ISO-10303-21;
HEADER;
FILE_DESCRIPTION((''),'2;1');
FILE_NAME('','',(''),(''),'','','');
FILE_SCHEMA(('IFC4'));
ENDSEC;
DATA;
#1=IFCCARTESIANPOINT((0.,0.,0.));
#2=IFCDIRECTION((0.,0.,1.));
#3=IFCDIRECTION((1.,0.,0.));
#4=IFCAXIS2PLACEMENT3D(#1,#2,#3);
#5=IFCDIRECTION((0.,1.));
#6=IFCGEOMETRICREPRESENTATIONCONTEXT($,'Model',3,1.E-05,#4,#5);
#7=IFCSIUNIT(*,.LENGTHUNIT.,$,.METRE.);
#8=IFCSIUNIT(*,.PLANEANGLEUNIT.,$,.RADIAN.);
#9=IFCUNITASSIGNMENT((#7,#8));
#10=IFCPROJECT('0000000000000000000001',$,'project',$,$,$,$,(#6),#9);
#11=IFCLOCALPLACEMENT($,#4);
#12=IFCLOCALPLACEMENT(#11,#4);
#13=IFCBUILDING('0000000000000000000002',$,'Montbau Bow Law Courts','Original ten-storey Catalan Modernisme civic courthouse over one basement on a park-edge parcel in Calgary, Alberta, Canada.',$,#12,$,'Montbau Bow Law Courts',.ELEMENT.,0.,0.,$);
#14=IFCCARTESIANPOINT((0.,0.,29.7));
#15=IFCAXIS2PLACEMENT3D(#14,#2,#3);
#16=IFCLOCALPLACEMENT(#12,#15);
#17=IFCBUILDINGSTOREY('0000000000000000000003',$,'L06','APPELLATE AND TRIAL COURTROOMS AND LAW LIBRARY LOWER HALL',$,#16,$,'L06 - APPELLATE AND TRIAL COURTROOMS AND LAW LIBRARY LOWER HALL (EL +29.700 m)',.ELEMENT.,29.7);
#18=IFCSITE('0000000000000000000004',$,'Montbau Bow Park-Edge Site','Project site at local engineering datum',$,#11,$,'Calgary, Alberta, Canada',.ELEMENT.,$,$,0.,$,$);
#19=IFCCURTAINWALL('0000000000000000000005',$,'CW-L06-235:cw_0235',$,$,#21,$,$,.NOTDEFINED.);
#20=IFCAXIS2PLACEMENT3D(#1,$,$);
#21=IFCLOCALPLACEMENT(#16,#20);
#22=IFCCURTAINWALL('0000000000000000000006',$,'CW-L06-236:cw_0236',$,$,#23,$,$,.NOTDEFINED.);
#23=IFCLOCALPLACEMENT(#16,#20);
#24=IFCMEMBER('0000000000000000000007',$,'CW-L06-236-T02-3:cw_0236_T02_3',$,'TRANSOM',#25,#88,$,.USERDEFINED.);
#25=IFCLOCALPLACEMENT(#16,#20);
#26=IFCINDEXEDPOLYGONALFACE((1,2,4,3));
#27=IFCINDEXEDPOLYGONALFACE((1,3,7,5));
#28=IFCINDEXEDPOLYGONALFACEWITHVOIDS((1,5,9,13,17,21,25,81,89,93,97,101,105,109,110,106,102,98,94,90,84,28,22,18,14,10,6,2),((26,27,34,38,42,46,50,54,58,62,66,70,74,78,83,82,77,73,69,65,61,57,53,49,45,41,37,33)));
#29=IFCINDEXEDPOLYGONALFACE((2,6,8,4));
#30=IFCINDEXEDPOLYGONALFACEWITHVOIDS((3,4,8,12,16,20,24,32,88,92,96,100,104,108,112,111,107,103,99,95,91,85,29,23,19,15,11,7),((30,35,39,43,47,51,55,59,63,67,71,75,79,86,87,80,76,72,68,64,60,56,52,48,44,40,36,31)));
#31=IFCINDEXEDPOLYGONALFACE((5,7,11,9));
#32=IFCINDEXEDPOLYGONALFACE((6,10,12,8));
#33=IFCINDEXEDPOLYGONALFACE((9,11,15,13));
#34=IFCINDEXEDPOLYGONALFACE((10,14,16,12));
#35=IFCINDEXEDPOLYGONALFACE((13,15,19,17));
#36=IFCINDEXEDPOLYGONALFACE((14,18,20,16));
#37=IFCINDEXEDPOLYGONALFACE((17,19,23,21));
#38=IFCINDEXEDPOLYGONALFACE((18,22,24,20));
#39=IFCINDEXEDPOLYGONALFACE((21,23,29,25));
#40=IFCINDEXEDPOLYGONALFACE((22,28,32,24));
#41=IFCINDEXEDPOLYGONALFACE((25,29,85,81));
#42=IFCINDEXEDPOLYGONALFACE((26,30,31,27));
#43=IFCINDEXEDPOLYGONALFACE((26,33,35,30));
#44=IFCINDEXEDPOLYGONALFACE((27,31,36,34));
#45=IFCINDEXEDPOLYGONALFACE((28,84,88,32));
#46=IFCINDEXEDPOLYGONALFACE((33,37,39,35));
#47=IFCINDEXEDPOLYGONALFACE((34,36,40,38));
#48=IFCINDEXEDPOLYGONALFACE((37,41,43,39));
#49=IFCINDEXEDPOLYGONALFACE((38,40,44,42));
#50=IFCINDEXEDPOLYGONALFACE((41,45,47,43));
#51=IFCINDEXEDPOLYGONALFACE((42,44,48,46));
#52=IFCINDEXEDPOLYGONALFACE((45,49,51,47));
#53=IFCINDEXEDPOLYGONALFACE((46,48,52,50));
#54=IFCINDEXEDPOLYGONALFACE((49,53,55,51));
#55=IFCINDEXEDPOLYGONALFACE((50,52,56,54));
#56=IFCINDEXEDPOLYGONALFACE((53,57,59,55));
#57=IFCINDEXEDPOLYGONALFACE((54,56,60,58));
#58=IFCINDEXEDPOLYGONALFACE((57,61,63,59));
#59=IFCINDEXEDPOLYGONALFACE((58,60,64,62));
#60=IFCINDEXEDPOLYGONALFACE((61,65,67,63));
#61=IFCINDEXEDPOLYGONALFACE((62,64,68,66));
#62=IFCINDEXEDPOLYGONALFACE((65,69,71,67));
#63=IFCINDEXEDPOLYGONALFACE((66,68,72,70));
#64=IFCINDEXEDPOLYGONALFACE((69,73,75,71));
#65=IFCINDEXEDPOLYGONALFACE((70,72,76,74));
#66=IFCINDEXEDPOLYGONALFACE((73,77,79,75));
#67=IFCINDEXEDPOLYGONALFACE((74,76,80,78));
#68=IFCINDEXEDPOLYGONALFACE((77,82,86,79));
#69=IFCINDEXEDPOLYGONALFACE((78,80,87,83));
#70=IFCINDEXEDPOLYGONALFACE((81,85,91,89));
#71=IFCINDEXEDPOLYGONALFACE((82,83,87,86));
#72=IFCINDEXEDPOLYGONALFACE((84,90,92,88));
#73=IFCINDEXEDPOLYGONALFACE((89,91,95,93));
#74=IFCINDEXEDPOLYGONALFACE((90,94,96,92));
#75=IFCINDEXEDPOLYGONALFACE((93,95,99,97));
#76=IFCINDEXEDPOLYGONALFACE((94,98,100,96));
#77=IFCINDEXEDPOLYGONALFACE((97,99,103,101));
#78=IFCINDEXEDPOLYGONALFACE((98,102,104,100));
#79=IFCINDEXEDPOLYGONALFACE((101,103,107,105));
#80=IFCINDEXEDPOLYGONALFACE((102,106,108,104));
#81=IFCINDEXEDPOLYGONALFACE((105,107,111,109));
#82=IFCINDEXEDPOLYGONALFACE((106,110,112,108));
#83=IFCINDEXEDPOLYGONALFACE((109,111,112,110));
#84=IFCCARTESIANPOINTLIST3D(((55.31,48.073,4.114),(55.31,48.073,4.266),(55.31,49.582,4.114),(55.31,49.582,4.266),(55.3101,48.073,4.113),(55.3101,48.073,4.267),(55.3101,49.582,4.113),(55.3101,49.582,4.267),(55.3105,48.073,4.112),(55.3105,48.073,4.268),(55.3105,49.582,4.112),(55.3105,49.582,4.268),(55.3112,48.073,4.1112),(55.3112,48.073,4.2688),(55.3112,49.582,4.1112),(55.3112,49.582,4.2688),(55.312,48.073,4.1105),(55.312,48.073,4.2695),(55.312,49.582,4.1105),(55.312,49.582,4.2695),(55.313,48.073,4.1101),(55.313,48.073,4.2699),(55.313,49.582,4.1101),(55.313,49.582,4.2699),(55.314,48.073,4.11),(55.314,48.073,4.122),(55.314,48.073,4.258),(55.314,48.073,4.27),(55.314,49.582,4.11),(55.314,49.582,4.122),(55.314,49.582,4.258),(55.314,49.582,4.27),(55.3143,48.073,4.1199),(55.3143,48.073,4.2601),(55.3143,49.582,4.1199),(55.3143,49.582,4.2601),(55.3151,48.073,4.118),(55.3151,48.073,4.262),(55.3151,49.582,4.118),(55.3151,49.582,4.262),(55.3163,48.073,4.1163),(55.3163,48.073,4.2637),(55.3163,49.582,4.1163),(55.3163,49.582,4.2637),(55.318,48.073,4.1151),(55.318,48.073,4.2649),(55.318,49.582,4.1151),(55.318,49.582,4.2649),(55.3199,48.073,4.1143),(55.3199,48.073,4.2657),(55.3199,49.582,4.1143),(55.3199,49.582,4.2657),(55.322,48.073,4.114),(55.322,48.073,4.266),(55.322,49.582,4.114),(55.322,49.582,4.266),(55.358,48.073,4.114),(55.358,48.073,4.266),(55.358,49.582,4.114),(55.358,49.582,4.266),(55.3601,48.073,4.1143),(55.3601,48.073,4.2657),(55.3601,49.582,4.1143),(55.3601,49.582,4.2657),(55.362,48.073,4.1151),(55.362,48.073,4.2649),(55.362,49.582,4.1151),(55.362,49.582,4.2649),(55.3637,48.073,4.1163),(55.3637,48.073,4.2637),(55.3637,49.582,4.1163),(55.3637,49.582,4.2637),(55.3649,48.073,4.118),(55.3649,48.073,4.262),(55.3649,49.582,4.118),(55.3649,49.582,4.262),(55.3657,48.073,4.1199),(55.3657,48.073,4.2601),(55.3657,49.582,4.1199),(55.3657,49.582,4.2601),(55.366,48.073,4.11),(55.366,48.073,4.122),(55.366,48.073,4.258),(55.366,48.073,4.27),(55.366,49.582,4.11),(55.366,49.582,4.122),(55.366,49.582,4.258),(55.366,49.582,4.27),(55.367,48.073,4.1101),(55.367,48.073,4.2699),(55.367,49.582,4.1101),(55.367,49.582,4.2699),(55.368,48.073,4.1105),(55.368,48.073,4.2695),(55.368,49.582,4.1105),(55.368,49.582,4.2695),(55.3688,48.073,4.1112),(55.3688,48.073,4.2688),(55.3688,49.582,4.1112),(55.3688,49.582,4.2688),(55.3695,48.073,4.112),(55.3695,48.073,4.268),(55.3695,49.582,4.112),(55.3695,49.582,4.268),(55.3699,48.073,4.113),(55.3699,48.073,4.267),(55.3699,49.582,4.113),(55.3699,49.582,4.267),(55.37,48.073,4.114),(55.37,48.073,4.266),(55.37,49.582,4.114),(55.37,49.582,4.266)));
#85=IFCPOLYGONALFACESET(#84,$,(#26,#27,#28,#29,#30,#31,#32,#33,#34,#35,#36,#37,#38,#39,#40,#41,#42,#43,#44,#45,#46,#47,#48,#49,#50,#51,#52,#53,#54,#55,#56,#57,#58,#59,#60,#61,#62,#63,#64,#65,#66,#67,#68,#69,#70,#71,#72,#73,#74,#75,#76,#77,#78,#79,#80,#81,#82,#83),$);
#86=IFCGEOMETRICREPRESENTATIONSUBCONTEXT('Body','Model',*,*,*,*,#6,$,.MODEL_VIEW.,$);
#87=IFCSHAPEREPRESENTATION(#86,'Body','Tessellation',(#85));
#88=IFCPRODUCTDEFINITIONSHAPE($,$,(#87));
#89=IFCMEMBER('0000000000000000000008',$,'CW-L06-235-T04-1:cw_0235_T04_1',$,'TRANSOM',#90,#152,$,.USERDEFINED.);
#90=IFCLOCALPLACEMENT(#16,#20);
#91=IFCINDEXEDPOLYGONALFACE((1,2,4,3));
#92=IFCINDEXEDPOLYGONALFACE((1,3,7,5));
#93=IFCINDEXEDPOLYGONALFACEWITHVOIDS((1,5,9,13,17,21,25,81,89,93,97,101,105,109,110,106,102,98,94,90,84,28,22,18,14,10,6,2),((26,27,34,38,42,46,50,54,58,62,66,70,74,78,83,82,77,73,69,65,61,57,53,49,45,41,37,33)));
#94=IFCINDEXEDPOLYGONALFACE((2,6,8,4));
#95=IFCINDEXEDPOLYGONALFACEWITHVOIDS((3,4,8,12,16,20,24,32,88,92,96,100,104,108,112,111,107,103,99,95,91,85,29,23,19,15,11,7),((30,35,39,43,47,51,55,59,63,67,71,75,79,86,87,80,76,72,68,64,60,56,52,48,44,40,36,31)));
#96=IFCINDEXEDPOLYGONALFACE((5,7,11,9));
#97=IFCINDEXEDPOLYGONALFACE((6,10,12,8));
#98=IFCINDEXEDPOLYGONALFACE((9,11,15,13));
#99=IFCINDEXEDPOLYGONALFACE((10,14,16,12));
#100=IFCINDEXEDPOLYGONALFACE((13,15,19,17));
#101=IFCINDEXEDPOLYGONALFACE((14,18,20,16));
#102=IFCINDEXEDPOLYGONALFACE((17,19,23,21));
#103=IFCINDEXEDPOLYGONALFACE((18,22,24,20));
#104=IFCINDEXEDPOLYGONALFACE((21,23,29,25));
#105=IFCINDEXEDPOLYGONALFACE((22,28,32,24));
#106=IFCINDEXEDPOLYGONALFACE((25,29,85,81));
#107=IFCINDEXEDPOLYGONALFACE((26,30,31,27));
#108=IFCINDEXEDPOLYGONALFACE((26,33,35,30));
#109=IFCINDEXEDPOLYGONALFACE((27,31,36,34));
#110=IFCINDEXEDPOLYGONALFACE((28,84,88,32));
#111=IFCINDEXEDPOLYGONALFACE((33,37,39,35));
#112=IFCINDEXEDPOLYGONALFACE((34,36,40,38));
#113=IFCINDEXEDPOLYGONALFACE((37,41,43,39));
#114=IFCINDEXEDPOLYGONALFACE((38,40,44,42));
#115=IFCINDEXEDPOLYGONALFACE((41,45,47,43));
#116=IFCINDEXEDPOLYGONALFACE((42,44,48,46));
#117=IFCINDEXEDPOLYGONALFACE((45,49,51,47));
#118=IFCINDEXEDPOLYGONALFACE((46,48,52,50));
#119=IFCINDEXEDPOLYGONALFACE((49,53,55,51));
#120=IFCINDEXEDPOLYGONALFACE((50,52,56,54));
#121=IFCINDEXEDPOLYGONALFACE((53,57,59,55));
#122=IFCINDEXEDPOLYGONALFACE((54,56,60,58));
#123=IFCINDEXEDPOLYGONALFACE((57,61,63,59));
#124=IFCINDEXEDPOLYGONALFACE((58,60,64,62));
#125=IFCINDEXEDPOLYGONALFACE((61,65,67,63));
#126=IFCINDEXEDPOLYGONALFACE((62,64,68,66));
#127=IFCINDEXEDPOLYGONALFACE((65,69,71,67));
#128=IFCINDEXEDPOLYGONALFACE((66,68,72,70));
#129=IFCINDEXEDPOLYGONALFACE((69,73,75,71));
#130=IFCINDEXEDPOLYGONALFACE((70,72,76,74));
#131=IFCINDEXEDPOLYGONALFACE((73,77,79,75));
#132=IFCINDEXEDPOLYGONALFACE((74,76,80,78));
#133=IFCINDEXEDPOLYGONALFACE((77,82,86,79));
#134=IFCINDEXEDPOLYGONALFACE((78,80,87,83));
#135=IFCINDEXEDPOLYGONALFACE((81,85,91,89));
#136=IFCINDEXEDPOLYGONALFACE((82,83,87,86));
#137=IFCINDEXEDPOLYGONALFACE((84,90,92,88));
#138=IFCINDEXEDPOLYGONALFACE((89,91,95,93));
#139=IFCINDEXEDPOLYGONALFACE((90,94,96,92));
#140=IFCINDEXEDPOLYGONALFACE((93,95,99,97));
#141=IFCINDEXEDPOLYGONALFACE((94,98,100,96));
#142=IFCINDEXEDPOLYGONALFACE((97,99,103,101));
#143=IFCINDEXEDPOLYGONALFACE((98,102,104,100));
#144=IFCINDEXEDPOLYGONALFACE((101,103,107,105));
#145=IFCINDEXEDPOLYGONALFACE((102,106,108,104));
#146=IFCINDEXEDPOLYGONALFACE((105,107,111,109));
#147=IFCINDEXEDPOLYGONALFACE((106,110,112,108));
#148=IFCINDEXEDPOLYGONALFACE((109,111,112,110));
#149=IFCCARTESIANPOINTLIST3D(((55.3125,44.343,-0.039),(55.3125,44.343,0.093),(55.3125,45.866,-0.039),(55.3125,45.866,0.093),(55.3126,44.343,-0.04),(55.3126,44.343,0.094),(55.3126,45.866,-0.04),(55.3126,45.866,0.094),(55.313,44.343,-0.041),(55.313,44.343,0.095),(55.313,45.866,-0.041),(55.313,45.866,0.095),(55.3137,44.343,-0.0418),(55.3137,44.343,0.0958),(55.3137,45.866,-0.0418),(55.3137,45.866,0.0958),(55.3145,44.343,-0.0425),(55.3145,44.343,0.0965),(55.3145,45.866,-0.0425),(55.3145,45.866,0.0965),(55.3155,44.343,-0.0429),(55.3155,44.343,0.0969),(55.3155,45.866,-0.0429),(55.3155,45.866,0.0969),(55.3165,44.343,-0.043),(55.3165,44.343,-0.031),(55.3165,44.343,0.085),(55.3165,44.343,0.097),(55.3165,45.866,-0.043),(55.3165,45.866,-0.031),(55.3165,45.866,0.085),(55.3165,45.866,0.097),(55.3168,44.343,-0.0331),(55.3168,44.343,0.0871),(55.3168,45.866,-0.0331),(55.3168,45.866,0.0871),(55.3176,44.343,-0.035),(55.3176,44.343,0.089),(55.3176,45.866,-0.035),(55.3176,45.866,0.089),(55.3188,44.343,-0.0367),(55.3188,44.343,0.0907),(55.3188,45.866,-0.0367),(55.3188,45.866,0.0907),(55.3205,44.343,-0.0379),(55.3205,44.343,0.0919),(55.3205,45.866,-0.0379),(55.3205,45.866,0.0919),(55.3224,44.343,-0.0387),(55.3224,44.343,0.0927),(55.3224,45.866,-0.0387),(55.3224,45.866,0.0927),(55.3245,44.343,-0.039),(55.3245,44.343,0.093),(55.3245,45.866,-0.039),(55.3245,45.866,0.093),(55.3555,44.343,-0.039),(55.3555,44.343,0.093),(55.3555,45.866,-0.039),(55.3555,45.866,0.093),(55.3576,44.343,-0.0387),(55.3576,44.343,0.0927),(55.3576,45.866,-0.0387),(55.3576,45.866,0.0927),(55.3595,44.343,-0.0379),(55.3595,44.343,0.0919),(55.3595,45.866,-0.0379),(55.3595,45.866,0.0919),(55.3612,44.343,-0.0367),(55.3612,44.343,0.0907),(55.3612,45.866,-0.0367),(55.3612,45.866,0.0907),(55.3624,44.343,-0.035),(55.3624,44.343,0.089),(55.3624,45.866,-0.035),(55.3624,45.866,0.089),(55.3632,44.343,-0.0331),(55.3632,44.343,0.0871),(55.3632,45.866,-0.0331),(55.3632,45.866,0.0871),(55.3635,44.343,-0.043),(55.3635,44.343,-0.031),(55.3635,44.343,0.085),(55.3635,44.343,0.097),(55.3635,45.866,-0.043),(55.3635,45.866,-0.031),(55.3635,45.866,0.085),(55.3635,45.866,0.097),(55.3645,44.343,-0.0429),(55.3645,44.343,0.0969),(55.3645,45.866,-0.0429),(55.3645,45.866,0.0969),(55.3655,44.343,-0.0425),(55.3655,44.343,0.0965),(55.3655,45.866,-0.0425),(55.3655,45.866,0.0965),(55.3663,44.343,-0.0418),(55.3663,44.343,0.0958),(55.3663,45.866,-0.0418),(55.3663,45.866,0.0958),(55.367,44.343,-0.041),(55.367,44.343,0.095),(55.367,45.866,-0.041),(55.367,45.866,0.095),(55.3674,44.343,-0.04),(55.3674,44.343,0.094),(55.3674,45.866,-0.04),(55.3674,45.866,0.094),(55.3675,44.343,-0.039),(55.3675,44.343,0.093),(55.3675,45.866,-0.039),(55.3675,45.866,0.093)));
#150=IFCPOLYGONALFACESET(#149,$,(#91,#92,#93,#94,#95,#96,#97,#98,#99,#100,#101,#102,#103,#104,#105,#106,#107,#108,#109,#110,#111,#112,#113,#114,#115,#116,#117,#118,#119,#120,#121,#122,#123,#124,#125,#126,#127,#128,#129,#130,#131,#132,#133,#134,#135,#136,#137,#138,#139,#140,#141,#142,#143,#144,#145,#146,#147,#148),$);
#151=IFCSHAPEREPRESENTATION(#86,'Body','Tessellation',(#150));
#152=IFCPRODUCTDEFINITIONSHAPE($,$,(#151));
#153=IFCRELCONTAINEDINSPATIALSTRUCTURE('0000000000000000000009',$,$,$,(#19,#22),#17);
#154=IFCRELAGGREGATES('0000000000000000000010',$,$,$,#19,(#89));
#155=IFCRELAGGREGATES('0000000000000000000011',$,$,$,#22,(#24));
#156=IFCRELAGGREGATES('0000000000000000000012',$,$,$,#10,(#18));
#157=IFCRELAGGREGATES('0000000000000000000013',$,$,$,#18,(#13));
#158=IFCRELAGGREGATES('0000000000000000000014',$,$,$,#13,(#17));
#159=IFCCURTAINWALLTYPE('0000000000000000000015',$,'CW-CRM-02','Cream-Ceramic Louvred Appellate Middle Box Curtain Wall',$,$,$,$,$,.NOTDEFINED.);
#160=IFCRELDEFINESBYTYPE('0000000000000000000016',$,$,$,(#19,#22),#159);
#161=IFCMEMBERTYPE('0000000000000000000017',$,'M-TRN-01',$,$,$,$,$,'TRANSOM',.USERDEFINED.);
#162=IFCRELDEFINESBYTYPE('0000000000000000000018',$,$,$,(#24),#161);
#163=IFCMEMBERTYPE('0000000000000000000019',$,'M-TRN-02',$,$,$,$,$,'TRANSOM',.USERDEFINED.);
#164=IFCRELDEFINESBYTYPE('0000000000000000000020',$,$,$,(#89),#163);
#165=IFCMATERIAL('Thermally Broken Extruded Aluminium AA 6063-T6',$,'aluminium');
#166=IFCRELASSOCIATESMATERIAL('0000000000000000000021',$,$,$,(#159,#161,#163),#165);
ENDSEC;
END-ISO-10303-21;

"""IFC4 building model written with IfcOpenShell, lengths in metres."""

from ifc_helpers import new_model, si_unit, direction, frame, origin_with_axes, origin_2d_with_axis, place, context, subcontext, project, spatial, hollow_rectangle, extrude, material, material_profile, profile_set, type_object, element, aggregate, save


model = new_model("IFC4")

# Units and contexts
model_context = context("Model", 3, precision=1e-05, world=origin_with_axes(), true_north=direction((0.0, 1.0)))
body_context = subcontext(model_context, "Body", "Model", "MODEL_VIEW")
ifc_project = project(units=[si_unit("LENGTHUNIT", "METRE"), si_unit("PLANEANGLEUNIT", "RADIAN")], contexts=[model_context])

# Site, building, storey
site_placement = place(None, origin_with_axes())
site = spatial("IfcSite", under=ifc_project, at=site_placement, Name="Montbau Bow Park-Edge Site", Description="Project site at local engineering datum", LongName="Calgary, Alberta, Canada", CompositionType="ELEMENT", RefElevation=0.0)
building_placement = place(site_placement, origin_with_axes())
building = spatial("IfcBuilding", under=site, at=building_placement, Name="Montbau Bow Law Courts", Description="Original ten-storey Catalan Modernisme civic courthouse over one basement on a park-edge parcel in Calgary, Alberta, Canada.", LongName="Montbau Bow Law Courts", CompositionType="ELEMENT", ElevationOfRefHeight=0.0, ElevationOfTerrain=0.0)
storey_placement = place(building_placement, frame((0.0, 0.0, 29.7), z_axis=(0.0, 0.0, 1.0), x_axis=(1.0, 0.0, 0.0)))
storey = spatial("IfcBuildingStorey", under=building, at=storey_placement, Name="L06", Description="APPELLATE AND TRIAL COURTROOMS AND LAW LIBRARY LOWER HALL", LongName="L06 - APPELLATE AND TRIAL COURTROOMS AND LAW LIBRARY LOWER HALL (EL +29.700 m)", CompositionType="ELEMENT", Elevation=29.7)

# Curtain wall
ifc_material_1 = material(Name="Thermally Broken Extruded Aluminium AA 6063-T6", Category="aluminium")
curtain_wall_type = type_object("IfcCurtainWallType", Name="CW-CRM-02", Description="Cream-Ceramic Louvred Appellate Middle Box Curtain Wall", PredefinedType="NOTDEFINED", material=ifc_material_1)
curtain_wall_1_placement = place(None, frame((55.34, 39.44, 29.7), z_axis=(0.0, 0.0, 1.0), x_axis=(1.0, 0.0, 0.0)))
curtain_wall_1 = element("IfcCurtainWall", 1, at=curtain_wall_1_placement, inside=storey, type_object=curtain_wall_type, Name="CW-L06-235:cw_0235", PredefinedType="NOTDEFINED")

# Curtain wall, member
curtain_wall_2_placement = place(None, frame((55.34, 46.468, 29.7), z_axis=(0.0, 0.0, 1.0), x_axis=(1.0, 0.0, 0.0)))
curtain_wall_2 = element("IfcCurtainWall", 2, at=curtain_wall_2_placement, inside=storey, type_object=curtain_wall_type, Name="CW-L06-236:cw_0236", PredefinedType="NOTDEFINED")
ifc_material_profile_1 = material_profile(ifc_material_1, hollow_rectangle(XDim=0.06, YDim=0.16, WallThickness=0.004, InnerFilletRadius=0.008, OuterFilletRadius=0.004, at=origin_2d_with_axis()), Name="CWT-160X60", Category="Main", Priority=0)
ifc_profile_set_1 = profile_set([ifc_material_profile_1], Name="Thermally Broken Extruded Aluminium AA 6063-T6")
member_type_1 = type_object("IfcMemberType", Name="M-TRN-01", ElementType="TRANSOM", PredefinedType="USERDEFINED", material=ifc_profile_set_1)
member_1_placement = place(None, frame((55.34, 48.073, 33.89), z_axis=(0.0, 1.0, 0.0), x_axis=(-1.0, 0.0, 0.0)))
member_1 = element("IfcMember", 3, at=member_1_placement, type_object=member_type_1, Name="CW-L06-236-T02-3:cw_0236_T02_3", ObjectType="TRANSOM", PredefinedType="USERDEFINED", context=body_context, shape_type="SweptSolid", body=[
    extrude(hollow_rectangle(XDim=0.06, YDim=0.16, WallThickness=0.004, InnerFilletRadius=0.008, OuterFilletRadius=0.004, at=origin_2d_with_axis()), origin_with_axes(), (0.0, 0.0, 1.0), 1.509),
])

# Member
ifc_material_profile_2 = material_profile(ifc_material_1, hollow_rectangle(XDim=0.055, YDim=0.14, WallThickness=0.004, InnerFilletRadius=0.008, OuterFilletRadius=0.004, at=origin_2d_with_axis()), Name="CWT-140X55", Category="Main", Priority=0)
ifc_profile_set_2 = profile_set([ifc_material_profile_2], Name="Thermally Broken Extruded Aluminium AA 6063-T6")
member_type_2 = type_object("IfcMemberType", Name="M-TRN-02", ElementType="TRANSOM", PredefinedType="USERDEFINED", material=ifc_profile_set_2)
member_2_placement = place(None, frame((55.34, 44.343, 29.727), z_axis=(0.0, 1.0, 0.0), x_axis=(-1.0, 0.0, 0.0)))
member_2 = element("IfcMember", 4, at=member_2_placement, type_object=member_type_2, Name="CW-L06-235-T04-1:cw_0235_T04_1", ObjectType="TRANSOM", PredefinedType="USERDEFINED", context=body_context, shape_type="SweptSolid", body=[
    extrude(hollow_rectangle(XDim=0.055, YDim=0.14, WallThickness=0.004, InnerFilletRadius=0.008, OuterFilletRadius=0.004, at=origin_2d_with_axis()), origin_with_axes(), (0.0, 0.0, 1.0), 1.523),
])

aggregate(curtain_wall_1, [member_2])
aggregate(curtain_wall_2, [member_1])

save(model, "model.ifc")
